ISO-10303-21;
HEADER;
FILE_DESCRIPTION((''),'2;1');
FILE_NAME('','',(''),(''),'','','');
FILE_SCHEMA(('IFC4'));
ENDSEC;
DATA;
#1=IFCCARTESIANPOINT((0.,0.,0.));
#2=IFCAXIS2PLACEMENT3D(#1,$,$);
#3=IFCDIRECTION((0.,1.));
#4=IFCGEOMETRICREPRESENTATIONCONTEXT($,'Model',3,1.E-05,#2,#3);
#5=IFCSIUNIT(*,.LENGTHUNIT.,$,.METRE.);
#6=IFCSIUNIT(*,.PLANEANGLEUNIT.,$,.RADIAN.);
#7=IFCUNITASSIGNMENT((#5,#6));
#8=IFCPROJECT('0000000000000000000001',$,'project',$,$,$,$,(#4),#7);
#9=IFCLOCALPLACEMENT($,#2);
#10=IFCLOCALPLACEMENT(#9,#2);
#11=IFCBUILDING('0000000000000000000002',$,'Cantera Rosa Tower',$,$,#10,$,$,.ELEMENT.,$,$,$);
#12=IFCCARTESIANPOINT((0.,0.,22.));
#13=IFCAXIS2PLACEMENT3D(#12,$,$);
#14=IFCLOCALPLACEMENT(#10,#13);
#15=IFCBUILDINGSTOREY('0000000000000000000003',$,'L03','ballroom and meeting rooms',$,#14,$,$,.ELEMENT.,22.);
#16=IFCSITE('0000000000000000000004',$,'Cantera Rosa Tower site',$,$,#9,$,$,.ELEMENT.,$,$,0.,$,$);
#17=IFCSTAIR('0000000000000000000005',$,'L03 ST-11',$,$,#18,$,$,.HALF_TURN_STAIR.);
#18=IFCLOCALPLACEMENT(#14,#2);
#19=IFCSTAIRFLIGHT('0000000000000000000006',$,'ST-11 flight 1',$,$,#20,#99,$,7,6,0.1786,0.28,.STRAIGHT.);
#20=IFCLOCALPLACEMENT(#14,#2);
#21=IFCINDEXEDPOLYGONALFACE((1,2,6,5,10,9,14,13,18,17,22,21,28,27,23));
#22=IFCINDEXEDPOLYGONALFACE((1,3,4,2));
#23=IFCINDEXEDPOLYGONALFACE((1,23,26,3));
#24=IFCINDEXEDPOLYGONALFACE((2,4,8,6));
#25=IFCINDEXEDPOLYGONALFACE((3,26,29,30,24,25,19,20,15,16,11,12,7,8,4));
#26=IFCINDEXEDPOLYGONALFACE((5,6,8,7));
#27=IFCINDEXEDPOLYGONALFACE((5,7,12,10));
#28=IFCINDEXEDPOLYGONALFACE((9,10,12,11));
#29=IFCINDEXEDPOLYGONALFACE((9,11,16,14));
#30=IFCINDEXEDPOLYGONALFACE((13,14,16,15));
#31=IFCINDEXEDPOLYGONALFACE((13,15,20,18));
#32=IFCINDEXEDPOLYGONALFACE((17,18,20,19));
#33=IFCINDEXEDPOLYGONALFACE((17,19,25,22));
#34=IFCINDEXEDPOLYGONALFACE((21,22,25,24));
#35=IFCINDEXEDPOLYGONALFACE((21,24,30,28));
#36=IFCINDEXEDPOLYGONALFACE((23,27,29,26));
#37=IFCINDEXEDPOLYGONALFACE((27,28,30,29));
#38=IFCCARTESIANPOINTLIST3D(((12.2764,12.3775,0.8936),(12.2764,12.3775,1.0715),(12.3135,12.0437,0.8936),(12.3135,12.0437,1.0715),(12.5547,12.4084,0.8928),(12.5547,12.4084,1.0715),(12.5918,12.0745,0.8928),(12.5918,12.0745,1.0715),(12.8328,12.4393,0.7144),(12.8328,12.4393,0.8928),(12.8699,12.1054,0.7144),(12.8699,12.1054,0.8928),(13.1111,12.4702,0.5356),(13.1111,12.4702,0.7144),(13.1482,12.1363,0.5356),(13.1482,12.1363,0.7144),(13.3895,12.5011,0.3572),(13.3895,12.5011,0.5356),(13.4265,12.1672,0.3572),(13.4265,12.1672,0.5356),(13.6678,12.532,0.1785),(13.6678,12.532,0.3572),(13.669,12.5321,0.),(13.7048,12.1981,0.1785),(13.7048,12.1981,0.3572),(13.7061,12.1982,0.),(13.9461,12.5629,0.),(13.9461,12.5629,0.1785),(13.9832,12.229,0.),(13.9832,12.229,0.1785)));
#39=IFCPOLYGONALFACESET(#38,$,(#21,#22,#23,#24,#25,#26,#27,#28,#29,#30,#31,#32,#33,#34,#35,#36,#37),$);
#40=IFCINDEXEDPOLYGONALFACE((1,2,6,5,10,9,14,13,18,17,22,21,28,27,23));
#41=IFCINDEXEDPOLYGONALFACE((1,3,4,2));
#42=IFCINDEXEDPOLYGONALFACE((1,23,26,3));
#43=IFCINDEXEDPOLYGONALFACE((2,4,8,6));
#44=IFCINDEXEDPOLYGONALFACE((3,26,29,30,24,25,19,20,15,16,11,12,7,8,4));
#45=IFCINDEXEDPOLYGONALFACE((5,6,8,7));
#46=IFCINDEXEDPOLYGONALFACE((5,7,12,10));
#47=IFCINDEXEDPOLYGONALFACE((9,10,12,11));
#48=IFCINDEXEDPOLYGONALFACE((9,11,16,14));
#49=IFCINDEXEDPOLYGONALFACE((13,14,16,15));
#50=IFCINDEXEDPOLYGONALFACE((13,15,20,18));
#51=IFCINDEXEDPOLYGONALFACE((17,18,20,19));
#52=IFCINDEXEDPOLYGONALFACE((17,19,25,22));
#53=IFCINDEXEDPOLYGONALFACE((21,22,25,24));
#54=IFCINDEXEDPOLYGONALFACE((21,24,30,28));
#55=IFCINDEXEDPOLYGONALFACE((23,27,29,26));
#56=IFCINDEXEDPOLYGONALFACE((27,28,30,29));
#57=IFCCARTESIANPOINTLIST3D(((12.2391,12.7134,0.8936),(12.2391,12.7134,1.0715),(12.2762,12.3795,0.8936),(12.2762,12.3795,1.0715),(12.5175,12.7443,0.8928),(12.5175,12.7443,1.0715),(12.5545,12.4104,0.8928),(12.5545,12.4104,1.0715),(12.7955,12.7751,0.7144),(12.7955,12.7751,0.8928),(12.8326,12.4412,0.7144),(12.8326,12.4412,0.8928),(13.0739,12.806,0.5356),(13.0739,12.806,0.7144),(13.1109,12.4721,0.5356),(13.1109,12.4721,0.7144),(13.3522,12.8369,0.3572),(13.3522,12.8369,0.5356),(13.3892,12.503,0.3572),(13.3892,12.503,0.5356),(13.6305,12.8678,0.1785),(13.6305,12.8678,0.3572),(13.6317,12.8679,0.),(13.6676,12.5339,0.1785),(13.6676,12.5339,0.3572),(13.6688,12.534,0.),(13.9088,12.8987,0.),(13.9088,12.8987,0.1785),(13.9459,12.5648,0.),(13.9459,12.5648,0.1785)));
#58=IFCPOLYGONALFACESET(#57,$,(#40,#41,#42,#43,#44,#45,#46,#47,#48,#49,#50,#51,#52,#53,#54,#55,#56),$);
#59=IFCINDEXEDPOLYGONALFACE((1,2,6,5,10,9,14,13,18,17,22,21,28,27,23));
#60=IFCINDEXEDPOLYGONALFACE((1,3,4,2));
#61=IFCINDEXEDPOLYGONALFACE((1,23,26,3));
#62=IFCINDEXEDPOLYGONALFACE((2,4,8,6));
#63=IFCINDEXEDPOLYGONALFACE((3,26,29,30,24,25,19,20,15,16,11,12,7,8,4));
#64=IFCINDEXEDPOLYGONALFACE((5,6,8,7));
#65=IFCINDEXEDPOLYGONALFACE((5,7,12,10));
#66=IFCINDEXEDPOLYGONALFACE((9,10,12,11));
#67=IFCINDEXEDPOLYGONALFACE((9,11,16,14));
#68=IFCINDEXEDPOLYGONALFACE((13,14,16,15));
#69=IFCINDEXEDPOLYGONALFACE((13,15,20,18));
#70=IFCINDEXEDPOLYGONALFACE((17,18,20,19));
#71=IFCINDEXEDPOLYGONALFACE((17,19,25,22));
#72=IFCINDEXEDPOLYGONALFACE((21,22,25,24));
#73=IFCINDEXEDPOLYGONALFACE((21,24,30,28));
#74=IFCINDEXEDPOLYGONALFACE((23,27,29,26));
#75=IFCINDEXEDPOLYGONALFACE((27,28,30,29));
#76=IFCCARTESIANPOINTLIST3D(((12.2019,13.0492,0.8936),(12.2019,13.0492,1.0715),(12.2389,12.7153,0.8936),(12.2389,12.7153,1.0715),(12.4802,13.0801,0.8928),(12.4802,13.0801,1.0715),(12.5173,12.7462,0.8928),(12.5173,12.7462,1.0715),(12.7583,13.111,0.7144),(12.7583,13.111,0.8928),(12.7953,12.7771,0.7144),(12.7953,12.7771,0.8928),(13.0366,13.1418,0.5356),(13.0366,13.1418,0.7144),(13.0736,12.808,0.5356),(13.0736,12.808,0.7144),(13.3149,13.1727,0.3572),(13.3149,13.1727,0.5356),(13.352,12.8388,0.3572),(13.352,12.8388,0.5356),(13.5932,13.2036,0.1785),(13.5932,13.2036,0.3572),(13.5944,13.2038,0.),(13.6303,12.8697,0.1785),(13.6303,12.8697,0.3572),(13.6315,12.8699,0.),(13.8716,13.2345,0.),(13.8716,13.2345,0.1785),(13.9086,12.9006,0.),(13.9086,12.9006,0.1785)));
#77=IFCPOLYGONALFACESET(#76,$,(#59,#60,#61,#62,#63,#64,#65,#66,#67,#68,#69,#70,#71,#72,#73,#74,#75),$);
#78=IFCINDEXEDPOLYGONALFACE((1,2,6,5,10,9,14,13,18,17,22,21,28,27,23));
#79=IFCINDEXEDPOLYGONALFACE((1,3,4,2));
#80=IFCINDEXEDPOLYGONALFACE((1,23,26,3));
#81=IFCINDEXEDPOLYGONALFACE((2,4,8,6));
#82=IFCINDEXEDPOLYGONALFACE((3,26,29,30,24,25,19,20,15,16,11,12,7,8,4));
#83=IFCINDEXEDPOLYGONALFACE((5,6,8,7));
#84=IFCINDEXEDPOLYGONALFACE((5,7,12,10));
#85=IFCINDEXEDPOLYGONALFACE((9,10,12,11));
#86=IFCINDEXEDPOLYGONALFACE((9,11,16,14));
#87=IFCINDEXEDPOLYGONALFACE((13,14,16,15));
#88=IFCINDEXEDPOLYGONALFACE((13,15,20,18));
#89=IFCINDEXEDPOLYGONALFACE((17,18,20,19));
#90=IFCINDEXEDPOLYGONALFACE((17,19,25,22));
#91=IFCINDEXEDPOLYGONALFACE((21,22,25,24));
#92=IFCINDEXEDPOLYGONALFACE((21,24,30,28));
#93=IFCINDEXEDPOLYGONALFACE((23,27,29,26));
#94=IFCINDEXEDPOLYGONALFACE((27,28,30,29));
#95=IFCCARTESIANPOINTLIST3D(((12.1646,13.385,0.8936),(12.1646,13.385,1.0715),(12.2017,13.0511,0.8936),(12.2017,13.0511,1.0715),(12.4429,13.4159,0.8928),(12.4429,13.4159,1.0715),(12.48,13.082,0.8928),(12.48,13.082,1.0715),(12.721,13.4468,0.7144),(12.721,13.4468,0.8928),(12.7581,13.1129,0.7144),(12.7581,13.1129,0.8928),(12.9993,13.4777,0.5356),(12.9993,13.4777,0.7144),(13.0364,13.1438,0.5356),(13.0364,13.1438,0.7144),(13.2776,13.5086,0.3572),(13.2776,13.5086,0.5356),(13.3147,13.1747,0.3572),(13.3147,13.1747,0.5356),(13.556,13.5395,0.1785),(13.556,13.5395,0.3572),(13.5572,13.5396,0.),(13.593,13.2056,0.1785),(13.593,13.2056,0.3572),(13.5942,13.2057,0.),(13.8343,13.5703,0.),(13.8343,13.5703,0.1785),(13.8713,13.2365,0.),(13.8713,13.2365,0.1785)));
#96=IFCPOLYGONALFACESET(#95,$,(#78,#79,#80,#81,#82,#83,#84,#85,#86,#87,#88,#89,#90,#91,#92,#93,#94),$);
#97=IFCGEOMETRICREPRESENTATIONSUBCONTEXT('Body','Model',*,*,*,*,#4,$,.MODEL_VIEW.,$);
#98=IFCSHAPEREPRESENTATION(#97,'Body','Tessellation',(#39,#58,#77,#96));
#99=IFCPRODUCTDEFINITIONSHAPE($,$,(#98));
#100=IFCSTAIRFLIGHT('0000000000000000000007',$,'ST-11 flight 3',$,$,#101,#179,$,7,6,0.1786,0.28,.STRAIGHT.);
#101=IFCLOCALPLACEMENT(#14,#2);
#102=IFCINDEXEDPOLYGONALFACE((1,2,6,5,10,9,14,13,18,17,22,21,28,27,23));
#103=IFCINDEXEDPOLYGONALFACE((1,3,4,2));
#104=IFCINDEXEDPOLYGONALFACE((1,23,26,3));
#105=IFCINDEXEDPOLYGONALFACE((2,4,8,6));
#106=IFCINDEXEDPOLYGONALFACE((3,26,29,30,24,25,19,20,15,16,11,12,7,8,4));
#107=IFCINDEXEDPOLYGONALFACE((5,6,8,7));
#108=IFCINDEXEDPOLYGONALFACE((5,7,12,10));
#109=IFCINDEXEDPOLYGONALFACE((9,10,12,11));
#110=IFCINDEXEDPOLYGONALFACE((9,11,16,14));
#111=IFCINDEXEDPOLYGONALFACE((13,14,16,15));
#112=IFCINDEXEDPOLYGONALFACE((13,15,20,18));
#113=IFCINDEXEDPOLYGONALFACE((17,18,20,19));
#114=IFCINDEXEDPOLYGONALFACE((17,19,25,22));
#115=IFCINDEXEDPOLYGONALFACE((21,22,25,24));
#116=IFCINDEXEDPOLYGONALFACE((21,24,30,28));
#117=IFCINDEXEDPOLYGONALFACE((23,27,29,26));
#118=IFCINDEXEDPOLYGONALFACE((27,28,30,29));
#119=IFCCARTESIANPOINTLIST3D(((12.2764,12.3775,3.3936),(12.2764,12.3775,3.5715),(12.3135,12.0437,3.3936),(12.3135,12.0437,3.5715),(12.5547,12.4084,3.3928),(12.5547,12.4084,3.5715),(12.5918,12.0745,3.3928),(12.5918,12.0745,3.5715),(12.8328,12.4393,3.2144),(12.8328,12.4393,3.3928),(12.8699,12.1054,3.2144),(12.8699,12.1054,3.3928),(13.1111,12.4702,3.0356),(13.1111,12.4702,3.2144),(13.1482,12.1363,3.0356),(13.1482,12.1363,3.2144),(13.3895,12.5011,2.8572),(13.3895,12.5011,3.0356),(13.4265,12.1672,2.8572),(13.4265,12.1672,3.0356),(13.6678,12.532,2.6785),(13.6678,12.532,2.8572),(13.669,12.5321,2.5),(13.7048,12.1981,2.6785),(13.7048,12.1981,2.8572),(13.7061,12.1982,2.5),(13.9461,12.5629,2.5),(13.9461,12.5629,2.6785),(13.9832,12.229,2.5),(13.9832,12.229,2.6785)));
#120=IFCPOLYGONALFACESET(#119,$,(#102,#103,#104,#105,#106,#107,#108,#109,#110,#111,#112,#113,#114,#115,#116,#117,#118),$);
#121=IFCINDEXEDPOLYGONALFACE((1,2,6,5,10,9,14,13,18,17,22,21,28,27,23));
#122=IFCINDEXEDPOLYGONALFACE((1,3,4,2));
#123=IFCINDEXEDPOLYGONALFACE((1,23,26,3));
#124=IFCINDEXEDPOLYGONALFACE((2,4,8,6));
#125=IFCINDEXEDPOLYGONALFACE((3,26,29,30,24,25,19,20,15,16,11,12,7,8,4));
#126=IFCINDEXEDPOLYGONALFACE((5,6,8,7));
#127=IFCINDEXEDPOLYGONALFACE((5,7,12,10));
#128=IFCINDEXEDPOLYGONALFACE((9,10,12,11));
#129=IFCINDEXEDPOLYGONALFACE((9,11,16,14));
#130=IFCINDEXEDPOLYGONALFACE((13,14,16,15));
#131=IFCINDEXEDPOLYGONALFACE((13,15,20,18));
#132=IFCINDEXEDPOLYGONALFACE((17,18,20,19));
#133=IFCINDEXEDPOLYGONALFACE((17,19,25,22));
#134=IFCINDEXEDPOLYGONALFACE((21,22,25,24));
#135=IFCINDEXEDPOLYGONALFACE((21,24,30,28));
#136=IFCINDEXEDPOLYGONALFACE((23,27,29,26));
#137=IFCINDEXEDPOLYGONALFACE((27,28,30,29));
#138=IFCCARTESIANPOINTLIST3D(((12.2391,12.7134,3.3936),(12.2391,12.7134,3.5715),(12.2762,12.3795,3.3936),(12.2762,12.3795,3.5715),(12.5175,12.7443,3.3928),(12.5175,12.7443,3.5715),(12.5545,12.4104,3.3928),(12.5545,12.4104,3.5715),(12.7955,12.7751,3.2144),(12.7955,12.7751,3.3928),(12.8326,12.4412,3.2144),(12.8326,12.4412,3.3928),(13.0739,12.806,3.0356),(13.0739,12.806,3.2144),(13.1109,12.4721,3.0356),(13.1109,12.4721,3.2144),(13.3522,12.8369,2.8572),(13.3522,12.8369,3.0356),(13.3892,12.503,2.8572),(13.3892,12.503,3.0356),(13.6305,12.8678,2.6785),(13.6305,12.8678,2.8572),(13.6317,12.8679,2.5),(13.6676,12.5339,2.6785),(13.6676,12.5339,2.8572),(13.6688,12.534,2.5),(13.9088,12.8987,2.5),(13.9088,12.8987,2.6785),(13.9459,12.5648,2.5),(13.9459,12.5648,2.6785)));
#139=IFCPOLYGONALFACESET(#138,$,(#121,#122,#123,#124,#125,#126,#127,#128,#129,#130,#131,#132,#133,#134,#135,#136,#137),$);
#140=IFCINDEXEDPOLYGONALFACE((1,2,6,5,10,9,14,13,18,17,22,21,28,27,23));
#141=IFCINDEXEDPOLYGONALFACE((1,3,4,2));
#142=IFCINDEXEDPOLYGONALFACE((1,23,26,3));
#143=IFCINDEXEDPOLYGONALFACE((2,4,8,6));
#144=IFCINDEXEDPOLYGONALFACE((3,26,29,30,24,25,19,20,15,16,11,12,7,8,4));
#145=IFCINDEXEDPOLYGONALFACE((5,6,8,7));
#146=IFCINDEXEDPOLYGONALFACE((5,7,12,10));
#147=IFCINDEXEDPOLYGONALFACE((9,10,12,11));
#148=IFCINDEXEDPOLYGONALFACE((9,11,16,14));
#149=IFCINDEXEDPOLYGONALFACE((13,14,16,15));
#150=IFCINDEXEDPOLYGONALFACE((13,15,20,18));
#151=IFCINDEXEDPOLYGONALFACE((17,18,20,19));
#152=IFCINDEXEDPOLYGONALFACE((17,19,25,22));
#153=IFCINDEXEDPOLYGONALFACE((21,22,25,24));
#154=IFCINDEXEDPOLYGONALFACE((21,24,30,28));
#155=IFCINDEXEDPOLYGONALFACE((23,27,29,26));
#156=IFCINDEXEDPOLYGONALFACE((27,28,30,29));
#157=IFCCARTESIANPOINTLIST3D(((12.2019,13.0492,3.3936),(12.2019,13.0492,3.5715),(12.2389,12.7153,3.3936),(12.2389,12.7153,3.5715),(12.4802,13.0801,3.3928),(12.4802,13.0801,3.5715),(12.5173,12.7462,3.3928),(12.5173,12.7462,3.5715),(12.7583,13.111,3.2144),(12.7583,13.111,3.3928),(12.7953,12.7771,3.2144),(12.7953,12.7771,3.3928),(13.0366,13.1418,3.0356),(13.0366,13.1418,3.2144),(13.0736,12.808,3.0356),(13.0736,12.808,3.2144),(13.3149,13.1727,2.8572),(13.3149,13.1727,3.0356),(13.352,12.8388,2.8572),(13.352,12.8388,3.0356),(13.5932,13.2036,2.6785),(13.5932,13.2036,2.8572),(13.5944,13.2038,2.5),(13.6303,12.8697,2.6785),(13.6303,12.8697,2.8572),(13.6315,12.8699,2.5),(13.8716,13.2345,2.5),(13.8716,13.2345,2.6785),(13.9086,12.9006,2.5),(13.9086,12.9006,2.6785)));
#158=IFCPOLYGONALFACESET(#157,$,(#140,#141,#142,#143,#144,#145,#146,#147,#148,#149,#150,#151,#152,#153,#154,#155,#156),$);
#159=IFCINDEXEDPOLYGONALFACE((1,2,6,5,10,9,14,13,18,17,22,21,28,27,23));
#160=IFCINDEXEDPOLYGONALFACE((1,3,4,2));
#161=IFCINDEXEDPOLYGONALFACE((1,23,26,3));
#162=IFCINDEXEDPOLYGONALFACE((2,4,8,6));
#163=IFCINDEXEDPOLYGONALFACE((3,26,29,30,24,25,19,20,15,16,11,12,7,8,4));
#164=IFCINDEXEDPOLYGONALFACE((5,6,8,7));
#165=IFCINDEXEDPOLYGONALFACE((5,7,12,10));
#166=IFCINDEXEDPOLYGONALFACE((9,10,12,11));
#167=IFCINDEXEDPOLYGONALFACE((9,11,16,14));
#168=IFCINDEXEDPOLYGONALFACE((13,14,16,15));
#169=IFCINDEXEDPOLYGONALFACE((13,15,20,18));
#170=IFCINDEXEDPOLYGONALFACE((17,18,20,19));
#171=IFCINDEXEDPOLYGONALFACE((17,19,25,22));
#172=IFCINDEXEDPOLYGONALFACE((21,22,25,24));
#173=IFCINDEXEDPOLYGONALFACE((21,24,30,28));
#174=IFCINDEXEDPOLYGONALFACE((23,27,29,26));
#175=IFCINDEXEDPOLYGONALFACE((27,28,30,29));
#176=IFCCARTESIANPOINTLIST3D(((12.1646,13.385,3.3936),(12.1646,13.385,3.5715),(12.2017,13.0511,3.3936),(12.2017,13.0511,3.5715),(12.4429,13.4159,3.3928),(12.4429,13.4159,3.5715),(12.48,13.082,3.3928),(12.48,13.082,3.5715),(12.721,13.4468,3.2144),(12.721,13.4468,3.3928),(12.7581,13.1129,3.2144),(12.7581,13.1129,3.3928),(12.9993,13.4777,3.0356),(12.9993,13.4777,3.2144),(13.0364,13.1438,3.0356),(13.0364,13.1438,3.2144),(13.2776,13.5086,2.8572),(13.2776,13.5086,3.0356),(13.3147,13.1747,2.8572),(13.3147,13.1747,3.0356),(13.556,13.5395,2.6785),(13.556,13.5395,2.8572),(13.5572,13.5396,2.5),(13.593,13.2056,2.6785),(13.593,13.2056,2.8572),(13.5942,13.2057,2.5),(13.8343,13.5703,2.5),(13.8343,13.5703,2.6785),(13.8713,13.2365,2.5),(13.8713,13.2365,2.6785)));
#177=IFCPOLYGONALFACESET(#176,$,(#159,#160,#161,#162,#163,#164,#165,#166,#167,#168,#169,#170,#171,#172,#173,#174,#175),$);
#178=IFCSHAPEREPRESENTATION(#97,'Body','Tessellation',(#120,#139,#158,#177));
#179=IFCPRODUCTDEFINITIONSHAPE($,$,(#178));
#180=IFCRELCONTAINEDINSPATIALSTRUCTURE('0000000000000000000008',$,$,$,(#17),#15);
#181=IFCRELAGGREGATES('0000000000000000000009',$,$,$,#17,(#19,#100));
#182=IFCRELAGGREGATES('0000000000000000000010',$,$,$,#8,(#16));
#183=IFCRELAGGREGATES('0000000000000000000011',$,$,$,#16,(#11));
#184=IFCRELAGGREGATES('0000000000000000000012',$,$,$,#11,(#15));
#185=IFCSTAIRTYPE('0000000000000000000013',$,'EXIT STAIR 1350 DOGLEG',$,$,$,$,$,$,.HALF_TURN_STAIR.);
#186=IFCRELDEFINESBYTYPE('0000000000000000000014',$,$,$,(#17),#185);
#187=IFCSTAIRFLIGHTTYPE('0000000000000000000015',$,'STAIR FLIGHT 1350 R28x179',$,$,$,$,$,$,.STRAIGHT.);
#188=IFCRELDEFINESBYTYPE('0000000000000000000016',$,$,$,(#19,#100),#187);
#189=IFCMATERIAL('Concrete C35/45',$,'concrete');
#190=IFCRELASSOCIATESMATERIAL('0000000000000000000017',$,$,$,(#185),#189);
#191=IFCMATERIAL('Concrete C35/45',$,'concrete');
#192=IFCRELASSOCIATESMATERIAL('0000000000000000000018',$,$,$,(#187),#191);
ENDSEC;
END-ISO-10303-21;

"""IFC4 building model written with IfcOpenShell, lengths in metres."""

from ifc_helpers import new_model, si_unit, direction, frame, origin, place, context, subcontext, project, spatial, polyline, outline, extrude, material, type_object, element, aggregate, save


model = new_model("IFC4")

# Units and contexts
model_context = context("Model", 3, precision=1e-05, world=origin(), true_north=direction((0.0, 1.0)))
body_context = subcontext(model_context, "Body", "Model", "MODEL_VIEW")
ifc_project = project(units=[si_unit("LENGTHUNIT", "METRE"), si_unit("PLANEANGLEUNIT", "RADIAN")], contexts=[model_context])

# Site, building, storey
site_placement = place(None, origin())
site = spatial("IfcSite", under=ifc_project, at=site_placement, Name="Cantera Rosa Tower site", CompositionType="ELEMENT", RefElevation=0.0)
building_placement = place(site_placement, origin())
building = spatial("IfcBuilding", under=site, at=building_placement, Name="Cantera Rosa Tower", CompositionType="ELEMENT")
storey_placement = place(building_placement, frame((0.0, 0.0, 22.0)))
storey = spatial("IfcBuildingStorey", under=building, at=storey_placement, Name="L03", Description="ballroom and meeting rooms", CompositionType="ELEMENT", Elevation=22.0)

# Stair, stair flights
ifc_material_1 = material(Name="Concrete C35/45", Category="concrete")
stair_type = type_object("IfcStairType", Name="EXIT STAIR 1350 DOGLEG", PredefinedType="HALF_TURN_STAIR", material=ifc_material_1)
stair_placement = place(storey_placement, origin())
stair = element("IfcStair", 1, at=stair_placement, inside=storey, type_object=stair_type, Name="L03 ST-11", PredefinedType="HALF_TURN_STAIR")
ifc_material_2 = material(Name="Concrete C35/45", Category="concrete")
stair_flight_type = type_object("IfcStairFlightType", Name="STAIR FLIGHT 1350 R28x179", PredefinedType="STRAIGHT", material=ifc_material_2)
stair_flight_1_placement = place(storey_placement, frame((13.9087, 12.8999, 0.0), z_axis=(0.0, 0.0, 1.0), x_axis=(-0.993897, -0.110313, 0.0)))
stair_flight_1 = element("IfcStairFlight", 2, at=stair_flight_1_placement, type_object=stair_flight_type, Name="ST-11 flight 1", NumberOfRisers=7, NumberOfTreads=6, PredefinedType="STRAIGHT", RiserHeight=0.1786, TreadLength=0.28, context=body_context, shape_type="SweptSolid", body=[
    extrude(outline(polyline([(0.0, 0.0), (0.0, 0.1785), (0.28, 0.1785), (0.28, 0.3572), (0.5601, 0.3572), (0.5601, 0.5356), (0.8401, 0.5356), (0.8401, 0.7144), (1.1201, 0.7144), (1.1201, 0.8928), (1.3999, 0.8928), (1.3999, 1.0715), (1.6799, 1.0715), (1.6799, 1.25), (1.6799, 0.8936), (0.2788, 0.0), (0.0, 0.0)])), frame((0.0, 0.675, 0.0), z_axis=(0.0, -1.0, 0.0), x_axis=(1.0, 0.0, 0.0)), (0.0, 0.0, 1.0), 0.3359),
    extrude(outline(polyline([(0.0, 0.0), (0.0, 0.1785), (0.28, 0.1785), (0.28, 0.3572), (0.5601, 0.3572), (0.5601, 0.5356), (0.8401, 0.5356), (0.8401, 0.7144), (1.1201, 0.7144), (1.1201, 0.8928), (1.3999, 0.8928), (1.3999, 1.0715), (1.6799, 1.0715), (1.6799, 1.25), (1.6799, 0.8936), (0.2788, 0.0), (0.0, 0.0)])), frame((0.0, 0.3372, 0.0), z_axis=(0.0, -1.0, 0.0), x_axis=(1.0, 0.0, 0.0)), (0.0, 0.0, 1.0), 0.3359),
    extrude(outline(polyline([(0.0, 0.0), (0.0, 0.1785), (0.28, 0.1785), (0.28, 0.3572), (0.5601, 0.3572), (0.5601, 0.5356), (0.8401, 0.5356), (0.8401, 0.7144), (1.1201, 0.7144), (1.1201, 0.8928), (1.3999, 0.8928), (1.3999, 1.0715), (1.6799, 1.0715), (1.6799, 1.25), (1.6799, 0.8936), (0.2788, 0.0), (0.0, 0.0)])), frame((0.0, -0.0007, 0.0), z_axis=(0.0, -1.0, 0.0), x_axis=(1.0, 0.0, 0.0)), (0.0, 0.0, 1.0), 0.3359),
    extrude(outline(polyline([(0.0, 0.0), (0.0, 0.1785), (0.28, 0.1785), (0.28, 0.3572), (0.5601, 0.3572), (0.5601, 0.5356), (0.8401, 0.5356), (0.8401, 0.7144), (1.1201, 0.7144), (1.1201, 0.8928), (1.3999, 0.8928), (1.3999, 1.0715), (1.6799, 1.0715), (1.6799, 1.25), (1.6799, 0.8936), (0.2788, 0.0), (0.0, 0.0)])), frame((0.0, -0.3386, 0.0), z_axis=(0.0, -1.0, 0.0), x_axis=(1.0, 0.0, 0.0)), (0.0, 0.0, 1.0), 0.3359),
])
stair_flight_2_placement = place(storey_placement, frame((13.9087, 12.8999, 2.5), z_axis=(0.0, 0.0, 1.0), x_axis=(-0.993897, -0.110313, 0.0)))
stair_flight_2 = element("IfcStairFlight", 3, at=stair_flight_2_placement, type_object=stair_flight_type, Name="ST-11 flight 3", NumberOfRisers=7, NumberOfTreads=6, PredefinedType="STRAIGHT", RiserHeight=0.1786, TreadLength=0.28, context=body_context, shape_type="SweptSolid", body=[
    extrude(outline(polyline([(0.0, 0.0), (0.0, 0.1785), (0.28, 0.1785), (0.28, 0.3572), (0.5601, 0.3572), (0.5601, 0.5356), (0.8401, 0.5356), (0.8401, 0.7144), (1.1201, 0.7144), (1.1201, 0.8928), (1.3999, 0.8928), (1.3999, 1.0715), (1.6799, 1.0715), (1.6799, 1.25), (1.6799, 0.8936), (0.2788, 0.0), (0.0, 0.0)])), frame((0.0, 0.675, 0.0), z_axis=(0.0, -1.0, 0.0), x_axis=(1.0, 0.0, 0.0)), (0.0, 0.0, 1.0), 0.3359),
    extrude(outline(polyline([(0.0, 0.0), (0.0, 0.1785), (0.28, 0.1785), (0.28, 0.3572), (0.5601, 0.3572), (0.5601, 0.5356), (0.8401, 0.5356), (0.8401, 0.7144), (1.1201, 0.7144), (1.1201, 0.8928), (1.3999, 0.8928), (1.3999, 1.0715), (1.6799, 1.0715), (1.6799, 1.25), (1.6799, 0.8936), (0.2788, 0.0), (0.0, 0.0)])), frame((0.0, 0.3372, 0.0), z_axis=(0.0, -1.0, 0.0), x_axis=(1.0, 0.0, 0.0)), (0.0, 0.0, 1.0), 0.3359),
    extrude(outline(polyline([(0.0, 0.0), (0.0, 0.1785), (0.28, 0.1785), (0.28, 0.3572), (0.5601, 0.3572), (0.5601, 0.5356), (0.8401, 0.5356), (0.8401, 0.7144), (1.1201, 0.7144), (1.1201, 0.8928), (1.3999, 0.8928), (1.3999, 1.0715), (1.6799, 1.0715), (1.6799, 1.25), (1.6799, 0.8936), (0.2788, 0.0), (0.0, 0.0)])), frame((0.0, -0.0007, 0.0), z_axis=(0.0, -1.0, 0.0), x_axis=(1.0, 0.0, 0.0)), (0.0, 0.0, 1.0), 0.3359),
    extrude(outline(polyline([(0.0, 0.0), (0.0, 0.1785), (0.28, 0.1785), (0.28, 0.3572), (0.5601, 0.3572), (0.5601, 0.5356), (0.8401, 0.5356), (0.8401, 0.7144), (1.1201, 0.7144), (1.1201, 0.8928), (1.3999, 0.8928), (1.3999, 1.0715), (1.6799, 1.0715), (1.6799, 1.25), (1.6799, 0.8936), (0.2788, 0.0), (0.0, 0.0)])), frame((0.0, -0.3386, 0.0), z_axis=(0.0, -1.0, 0.0), x_axis=(1.0, 0.0, 0.0)), (0.0, 0.0, 1.0), 0.3359),
])
aggregate(stair, [stair_flight_1, stair_flight_2])

save(model, "model.ifc")
